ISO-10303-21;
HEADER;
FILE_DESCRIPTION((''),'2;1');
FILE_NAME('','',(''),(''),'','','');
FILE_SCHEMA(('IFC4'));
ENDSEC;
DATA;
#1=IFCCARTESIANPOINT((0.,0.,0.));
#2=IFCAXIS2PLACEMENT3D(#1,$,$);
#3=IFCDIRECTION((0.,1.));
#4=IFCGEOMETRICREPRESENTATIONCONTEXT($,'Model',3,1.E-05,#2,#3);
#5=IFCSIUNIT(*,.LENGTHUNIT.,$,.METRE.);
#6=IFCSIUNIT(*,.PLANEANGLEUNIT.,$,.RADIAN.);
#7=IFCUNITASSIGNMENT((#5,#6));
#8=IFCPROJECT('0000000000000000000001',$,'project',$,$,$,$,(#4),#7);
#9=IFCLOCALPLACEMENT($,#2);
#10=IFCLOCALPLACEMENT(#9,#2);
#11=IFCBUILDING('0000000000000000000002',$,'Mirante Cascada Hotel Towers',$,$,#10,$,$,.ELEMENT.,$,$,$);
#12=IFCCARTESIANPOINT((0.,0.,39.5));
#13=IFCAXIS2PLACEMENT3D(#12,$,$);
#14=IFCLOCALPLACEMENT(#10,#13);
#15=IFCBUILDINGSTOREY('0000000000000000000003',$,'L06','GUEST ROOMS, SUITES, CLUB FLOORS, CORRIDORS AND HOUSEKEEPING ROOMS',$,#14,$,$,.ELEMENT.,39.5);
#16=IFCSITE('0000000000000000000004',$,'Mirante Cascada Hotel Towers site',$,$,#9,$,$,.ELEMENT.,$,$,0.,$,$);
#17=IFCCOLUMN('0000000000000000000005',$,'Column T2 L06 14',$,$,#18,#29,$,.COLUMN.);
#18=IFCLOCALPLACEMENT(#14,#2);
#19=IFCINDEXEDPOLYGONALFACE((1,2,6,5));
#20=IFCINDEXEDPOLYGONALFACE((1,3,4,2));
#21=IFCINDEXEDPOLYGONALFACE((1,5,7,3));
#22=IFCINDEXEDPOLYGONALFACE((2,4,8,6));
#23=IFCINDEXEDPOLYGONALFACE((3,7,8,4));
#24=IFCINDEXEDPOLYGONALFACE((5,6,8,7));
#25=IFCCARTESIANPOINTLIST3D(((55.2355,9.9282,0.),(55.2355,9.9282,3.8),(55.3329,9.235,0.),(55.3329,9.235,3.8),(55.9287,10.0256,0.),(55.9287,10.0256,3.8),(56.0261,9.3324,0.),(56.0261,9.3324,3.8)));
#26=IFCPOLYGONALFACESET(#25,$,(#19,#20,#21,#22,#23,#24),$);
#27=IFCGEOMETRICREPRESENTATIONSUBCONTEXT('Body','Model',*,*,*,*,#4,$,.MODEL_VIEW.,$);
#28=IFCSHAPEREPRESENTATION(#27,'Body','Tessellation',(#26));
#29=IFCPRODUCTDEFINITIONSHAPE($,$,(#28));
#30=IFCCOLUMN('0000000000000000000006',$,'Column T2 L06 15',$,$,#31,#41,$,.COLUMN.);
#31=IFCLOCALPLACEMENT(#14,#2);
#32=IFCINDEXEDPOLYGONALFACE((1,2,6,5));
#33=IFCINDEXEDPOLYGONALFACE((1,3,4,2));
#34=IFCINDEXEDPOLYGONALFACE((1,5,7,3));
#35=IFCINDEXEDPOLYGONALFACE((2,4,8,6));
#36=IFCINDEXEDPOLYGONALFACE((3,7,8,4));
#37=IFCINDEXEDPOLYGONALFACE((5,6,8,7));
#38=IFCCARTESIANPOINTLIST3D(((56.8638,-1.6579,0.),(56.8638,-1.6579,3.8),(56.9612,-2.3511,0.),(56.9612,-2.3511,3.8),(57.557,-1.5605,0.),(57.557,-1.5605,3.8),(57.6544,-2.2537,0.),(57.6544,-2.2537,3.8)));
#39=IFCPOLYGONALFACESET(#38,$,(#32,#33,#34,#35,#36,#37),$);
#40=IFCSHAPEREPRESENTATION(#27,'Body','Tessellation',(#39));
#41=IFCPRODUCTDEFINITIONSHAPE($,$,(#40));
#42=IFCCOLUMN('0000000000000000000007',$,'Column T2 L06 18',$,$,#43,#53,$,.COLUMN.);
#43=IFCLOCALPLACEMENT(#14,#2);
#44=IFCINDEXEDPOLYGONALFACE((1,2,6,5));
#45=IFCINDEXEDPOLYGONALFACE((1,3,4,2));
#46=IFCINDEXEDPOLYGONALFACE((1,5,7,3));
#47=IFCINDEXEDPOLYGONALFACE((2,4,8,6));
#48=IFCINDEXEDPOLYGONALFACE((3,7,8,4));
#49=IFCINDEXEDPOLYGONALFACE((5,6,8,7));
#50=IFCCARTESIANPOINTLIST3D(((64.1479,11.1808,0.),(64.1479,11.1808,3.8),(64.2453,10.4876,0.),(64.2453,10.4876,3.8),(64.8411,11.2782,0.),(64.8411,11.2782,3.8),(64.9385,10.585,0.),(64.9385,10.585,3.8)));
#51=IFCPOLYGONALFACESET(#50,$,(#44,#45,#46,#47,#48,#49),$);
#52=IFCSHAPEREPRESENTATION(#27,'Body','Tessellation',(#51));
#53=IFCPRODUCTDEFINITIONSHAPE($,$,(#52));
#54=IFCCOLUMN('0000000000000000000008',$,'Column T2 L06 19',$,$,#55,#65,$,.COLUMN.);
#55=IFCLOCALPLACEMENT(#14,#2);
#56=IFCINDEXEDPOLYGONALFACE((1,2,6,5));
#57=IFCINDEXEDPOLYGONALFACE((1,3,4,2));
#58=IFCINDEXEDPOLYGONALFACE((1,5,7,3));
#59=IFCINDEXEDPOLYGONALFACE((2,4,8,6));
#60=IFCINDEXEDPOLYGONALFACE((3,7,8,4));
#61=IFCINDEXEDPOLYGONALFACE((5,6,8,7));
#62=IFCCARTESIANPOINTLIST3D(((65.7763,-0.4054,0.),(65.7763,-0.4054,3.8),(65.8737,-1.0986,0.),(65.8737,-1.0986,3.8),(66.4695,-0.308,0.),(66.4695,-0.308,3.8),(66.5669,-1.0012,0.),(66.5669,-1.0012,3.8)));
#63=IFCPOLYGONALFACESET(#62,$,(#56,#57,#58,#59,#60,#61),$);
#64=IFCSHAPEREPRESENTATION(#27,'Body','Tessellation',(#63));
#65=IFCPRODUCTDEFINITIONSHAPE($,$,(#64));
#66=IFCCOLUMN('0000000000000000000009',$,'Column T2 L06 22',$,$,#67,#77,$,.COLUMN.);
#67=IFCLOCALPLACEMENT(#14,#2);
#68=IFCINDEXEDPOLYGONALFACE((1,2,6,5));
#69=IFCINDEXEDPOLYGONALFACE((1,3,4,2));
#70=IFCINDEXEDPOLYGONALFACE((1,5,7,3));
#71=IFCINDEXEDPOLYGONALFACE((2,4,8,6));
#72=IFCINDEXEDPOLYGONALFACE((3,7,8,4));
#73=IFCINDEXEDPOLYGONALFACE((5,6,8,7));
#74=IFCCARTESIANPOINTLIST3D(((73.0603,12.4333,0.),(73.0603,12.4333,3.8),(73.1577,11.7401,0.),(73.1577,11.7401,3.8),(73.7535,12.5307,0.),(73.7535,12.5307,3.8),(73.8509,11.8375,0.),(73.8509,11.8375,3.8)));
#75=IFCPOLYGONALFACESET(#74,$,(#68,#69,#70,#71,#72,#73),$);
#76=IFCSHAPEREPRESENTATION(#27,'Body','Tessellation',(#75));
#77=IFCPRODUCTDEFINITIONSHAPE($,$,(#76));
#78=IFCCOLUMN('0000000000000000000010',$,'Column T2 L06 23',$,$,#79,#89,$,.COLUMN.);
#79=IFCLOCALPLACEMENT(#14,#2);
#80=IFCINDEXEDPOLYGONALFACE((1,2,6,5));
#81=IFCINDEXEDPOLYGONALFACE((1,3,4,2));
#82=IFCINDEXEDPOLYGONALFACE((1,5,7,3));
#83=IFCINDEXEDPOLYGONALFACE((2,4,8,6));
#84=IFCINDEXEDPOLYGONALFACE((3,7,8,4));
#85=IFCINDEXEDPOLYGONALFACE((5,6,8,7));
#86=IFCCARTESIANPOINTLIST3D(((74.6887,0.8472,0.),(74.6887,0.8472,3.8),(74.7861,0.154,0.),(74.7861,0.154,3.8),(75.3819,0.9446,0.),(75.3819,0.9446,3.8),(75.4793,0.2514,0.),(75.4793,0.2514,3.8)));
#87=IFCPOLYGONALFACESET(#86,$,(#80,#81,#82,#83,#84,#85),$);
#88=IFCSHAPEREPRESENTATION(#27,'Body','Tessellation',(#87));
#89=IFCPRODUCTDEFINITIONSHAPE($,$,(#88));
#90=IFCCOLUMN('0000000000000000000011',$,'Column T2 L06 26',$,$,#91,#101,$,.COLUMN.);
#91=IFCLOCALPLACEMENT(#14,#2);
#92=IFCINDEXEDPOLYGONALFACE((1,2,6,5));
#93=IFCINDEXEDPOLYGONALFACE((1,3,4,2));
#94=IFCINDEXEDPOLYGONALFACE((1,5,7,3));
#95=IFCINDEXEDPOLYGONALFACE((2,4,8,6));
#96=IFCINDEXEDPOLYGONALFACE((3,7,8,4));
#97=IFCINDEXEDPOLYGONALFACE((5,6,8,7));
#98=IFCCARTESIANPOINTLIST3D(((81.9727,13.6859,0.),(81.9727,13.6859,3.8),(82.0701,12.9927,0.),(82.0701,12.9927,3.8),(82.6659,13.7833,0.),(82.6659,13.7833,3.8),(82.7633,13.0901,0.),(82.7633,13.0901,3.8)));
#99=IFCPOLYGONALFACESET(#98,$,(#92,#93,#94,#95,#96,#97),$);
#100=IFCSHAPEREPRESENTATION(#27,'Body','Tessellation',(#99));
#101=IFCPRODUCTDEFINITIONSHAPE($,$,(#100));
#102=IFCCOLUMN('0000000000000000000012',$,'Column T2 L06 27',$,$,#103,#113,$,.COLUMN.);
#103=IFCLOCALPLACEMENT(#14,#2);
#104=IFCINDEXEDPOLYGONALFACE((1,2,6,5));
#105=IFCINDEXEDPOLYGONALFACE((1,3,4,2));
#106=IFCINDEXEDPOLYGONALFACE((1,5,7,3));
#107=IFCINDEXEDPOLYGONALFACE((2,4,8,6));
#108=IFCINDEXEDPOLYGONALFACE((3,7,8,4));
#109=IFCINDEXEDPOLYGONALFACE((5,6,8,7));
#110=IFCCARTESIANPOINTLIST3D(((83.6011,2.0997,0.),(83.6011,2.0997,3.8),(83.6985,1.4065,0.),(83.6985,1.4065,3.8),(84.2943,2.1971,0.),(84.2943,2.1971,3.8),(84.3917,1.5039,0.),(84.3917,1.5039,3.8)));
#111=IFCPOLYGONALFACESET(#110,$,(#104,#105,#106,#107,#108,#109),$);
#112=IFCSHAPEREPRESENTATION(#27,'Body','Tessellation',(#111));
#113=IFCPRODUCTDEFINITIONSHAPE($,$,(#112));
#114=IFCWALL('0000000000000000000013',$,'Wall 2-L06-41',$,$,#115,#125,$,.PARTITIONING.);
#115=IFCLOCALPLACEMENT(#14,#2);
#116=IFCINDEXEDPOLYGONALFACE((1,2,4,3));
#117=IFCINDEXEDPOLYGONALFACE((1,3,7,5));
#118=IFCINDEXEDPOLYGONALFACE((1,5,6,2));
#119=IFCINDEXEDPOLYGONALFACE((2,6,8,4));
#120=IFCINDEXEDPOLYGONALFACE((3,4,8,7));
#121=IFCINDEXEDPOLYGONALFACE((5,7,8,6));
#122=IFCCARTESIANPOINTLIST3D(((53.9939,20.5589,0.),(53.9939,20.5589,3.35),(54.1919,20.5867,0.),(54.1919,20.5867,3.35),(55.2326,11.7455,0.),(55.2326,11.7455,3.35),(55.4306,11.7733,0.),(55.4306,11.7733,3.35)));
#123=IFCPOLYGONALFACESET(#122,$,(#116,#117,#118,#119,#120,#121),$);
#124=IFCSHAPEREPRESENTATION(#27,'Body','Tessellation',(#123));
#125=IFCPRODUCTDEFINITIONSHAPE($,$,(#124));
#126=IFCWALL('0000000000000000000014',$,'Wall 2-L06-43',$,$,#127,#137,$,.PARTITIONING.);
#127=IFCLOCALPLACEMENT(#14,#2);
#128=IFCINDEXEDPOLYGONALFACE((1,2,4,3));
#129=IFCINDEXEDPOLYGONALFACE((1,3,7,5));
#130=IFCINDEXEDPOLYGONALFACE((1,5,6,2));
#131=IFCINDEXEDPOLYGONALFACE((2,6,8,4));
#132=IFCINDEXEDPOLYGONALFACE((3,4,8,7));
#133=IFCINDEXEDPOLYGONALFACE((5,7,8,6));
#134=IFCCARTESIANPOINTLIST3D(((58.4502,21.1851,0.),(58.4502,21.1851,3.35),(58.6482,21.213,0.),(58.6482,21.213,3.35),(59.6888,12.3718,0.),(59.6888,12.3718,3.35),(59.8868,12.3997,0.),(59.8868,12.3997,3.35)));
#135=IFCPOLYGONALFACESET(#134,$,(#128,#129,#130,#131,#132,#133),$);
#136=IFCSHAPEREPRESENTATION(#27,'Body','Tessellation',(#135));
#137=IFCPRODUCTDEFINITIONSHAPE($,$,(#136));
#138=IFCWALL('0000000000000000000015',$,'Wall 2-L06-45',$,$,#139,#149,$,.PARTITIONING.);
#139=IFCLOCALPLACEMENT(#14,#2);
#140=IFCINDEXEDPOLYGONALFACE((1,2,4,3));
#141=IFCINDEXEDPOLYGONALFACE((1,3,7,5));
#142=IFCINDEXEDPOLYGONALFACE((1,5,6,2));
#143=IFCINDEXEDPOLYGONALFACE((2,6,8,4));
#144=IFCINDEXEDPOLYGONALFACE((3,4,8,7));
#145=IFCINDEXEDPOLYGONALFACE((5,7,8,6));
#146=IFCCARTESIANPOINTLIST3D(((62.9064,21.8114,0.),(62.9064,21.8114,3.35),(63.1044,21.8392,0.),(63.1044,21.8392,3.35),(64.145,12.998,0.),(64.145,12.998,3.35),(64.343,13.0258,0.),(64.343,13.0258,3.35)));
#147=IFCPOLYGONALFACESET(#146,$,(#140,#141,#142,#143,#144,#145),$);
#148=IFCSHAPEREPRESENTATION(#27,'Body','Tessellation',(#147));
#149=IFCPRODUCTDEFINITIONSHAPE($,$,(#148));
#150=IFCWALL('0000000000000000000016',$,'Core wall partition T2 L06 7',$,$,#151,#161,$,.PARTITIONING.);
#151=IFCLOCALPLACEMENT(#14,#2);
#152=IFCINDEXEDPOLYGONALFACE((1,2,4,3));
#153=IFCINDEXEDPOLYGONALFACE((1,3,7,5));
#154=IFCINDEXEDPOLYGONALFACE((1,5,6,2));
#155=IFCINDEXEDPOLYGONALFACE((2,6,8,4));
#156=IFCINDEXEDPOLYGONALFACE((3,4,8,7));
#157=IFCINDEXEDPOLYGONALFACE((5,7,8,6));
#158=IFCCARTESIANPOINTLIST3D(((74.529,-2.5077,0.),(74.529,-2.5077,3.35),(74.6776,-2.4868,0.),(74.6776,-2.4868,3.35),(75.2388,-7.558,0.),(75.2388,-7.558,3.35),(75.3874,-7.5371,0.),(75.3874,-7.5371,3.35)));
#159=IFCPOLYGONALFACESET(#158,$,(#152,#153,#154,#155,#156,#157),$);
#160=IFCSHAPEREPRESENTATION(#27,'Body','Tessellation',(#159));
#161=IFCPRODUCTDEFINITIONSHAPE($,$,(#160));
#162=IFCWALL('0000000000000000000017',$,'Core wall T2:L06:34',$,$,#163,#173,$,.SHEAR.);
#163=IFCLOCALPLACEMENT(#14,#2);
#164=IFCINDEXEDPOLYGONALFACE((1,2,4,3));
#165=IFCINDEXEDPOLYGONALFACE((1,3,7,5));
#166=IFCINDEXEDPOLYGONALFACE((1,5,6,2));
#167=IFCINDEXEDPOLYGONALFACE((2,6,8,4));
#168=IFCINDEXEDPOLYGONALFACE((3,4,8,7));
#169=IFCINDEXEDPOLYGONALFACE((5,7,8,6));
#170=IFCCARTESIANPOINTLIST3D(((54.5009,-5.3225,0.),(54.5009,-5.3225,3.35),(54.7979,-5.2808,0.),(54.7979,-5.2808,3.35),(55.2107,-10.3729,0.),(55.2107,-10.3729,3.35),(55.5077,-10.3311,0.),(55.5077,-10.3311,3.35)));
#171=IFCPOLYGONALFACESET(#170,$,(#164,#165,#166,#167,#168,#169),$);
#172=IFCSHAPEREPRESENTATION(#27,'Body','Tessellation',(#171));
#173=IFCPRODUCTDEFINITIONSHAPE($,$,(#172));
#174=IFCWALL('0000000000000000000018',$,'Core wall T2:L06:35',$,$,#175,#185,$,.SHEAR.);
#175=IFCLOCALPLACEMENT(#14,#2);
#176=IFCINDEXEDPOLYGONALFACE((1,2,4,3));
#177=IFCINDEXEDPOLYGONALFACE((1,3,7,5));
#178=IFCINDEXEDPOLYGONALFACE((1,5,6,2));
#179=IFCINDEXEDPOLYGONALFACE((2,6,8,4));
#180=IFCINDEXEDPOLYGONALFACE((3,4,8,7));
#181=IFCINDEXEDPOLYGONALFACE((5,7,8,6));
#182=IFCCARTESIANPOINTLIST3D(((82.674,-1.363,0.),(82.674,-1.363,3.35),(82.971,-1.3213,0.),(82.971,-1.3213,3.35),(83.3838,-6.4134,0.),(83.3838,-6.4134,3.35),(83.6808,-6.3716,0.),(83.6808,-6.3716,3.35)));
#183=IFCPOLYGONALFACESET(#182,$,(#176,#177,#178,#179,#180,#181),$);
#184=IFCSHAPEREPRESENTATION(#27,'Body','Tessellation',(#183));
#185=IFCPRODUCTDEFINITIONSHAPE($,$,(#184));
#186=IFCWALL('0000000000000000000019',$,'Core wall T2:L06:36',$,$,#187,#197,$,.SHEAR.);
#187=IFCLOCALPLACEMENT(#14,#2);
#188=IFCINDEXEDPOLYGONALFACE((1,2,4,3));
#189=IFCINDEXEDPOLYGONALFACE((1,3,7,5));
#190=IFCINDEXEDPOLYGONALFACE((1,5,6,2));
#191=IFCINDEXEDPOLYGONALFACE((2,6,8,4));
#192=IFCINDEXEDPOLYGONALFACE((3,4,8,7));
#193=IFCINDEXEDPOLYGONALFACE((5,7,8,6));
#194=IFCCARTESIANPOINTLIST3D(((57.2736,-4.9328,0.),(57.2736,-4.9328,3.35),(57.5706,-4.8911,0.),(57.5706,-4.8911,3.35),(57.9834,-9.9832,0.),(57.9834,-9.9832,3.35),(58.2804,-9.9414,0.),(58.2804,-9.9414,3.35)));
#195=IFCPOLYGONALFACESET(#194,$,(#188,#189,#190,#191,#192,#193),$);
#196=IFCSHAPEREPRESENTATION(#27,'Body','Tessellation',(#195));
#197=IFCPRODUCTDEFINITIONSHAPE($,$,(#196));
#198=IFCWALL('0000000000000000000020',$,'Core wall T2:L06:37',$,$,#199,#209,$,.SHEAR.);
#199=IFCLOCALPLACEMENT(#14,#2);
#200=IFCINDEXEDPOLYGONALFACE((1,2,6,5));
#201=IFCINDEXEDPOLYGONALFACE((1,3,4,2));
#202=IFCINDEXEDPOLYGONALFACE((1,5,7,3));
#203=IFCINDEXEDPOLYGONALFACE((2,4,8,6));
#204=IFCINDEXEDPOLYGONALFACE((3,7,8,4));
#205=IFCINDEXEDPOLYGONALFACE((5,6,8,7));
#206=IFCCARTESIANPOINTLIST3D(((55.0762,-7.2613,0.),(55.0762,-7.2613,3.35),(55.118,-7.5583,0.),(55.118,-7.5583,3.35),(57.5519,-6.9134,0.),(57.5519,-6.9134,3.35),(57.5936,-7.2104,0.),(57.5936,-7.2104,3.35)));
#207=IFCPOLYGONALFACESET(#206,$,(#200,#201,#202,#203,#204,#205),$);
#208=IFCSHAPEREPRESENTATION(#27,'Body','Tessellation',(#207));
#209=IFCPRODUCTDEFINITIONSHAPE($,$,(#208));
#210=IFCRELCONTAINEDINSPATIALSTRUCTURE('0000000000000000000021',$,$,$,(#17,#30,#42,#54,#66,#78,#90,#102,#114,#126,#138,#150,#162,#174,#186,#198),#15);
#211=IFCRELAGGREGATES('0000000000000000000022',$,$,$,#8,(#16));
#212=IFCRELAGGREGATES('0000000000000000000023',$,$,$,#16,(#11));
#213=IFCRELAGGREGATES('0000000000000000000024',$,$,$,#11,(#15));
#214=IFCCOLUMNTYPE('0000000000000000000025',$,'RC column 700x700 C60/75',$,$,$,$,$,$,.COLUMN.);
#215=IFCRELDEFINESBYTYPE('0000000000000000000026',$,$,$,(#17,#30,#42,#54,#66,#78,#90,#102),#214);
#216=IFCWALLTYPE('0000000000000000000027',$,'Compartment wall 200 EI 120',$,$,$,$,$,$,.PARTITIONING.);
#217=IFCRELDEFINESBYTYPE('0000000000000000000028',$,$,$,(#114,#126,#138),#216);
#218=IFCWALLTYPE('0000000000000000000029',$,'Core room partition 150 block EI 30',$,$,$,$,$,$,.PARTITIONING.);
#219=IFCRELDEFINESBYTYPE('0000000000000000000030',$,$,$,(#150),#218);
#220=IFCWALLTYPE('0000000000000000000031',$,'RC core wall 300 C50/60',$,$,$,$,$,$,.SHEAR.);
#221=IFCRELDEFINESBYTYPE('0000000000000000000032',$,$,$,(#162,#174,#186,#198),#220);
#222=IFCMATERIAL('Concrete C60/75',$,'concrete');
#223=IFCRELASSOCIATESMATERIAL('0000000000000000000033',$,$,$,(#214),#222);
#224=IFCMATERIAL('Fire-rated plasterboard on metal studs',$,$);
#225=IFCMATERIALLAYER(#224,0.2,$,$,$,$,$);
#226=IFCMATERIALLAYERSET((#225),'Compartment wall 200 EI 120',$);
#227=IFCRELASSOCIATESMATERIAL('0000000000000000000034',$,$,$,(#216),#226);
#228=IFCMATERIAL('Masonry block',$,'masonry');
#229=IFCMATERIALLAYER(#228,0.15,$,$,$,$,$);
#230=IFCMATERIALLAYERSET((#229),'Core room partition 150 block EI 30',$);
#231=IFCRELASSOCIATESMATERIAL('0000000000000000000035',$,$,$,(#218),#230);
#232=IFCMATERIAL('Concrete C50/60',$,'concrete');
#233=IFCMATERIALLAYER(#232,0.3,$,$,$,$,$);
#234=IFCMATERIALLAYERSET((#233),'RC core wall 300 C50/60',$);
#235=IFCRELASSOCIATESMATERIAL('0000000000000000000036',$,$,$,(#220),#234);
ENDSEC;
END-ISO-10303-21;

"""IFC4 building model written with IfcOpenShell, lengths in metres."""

from ifc_helpers import new_model, si_unit, direction, frame, frame_2d, origin, origin_2d, place, context, subcontext, project, spatial, rectangle, extrude, material, layer, layer_set, material_profile, profile_set, type_object, element, save


model = new_model("IFC4")

# Units and contexts
model_context = context("Model", 3, precision=1e-05, world=origin(), true_north=direction((0.0, 1.0)))
body_context = subcontext(model_context, "Body", "Model", "MODEL_VIEW")
ifc_project = project(units=[si_unit("LENGTHUNIT", "METRE"), si_unit("PLANEANGLEUNIT", "RADIAN")], contexts=[model_context])

# Site, building, storey
site_placement = place(None, origin())
site = spatial("IfcSite", under=ifc_project, at=site_placement, Name="Mirante Cascada Hotel Towers site", CompositionType="ELEMENT", RefElevation=0.0)
building_placement = place(site_placement, origin())
building = spatial("IfcBuilding", under=site, at=building_placement, Name="Mirante Cascada Hotel Towers", CompositionType="ELEMENT")
storey_placement = place(building_placement, frame((0.0, 0.0, 39.5)))
storey = spatial("IfcBuildingStorey", under=building, at=storey_placement, Name="L06", Description="GUEST ROOMS, SUITES, CLUB FLOORS, CORRIDORS AND HOUSEKEEPING ROOMS", CompositionType="ELEMENT", Elevation=39.5)

# Columns
ifc_material_1 = material(Name="Concrete C60/75", Category="concrete")
ifc_material_profile = material_profile(ifc_material_1, rectangle(XDim=0.7, YDim=0.7, at=origin_2d()), Name="RC column 700x700 C60/75")
ifc_profile_set = profile_set([ifc_material_profile], Name="Concrete C60/75")
column_type = type_object("IfcColumnType", Name="RC column 700x700 C60/75", PredefinedType="COLUMN", material=ifc_profile_set)
for number, where, z_axis, x_axis, name in (
    (1, (55.6308, 9.6303, 0.0), (0.0, 0.0, 1.0), (0.990268, 0.139173, 0.0), "Column T2 L06 14"),
    (2, (57.2591, -1.9558, 0.0), (0.0, 0.0, 1.0), (0.990268, 0.139173, 0.0), "Column T2 L06 15"),
    (3, (64.5432, 10.8829, 0.0), (0.0, 0.0, 1.0), (0.990268, 0.139173, 0.0), "Column T2 L06 18"),
    (4, (66.1716, -0.7033, 0.0), (0.0, 0.0, 1.0), (0.990268, 0.139173, 0.0), "Column T2 L06 19"),
    (5, (73.4556, 12.1354, 0.0), (0.0, 0.0, 1.0), (0.990268, 0.139173, 0.0), "Column T2 L06 22"),
    (6, (75.084, 0.5493, 0.0), (0.0, 0.0, 1.0), (0.990268, 0.139173, 0.0), "Column T2 L06 23"),
    (7, (82.368, 13.388, 0.0), (0.0, 0.0, 1.0), (0.990268, 0.139173, 0.0), "Column T2 L06 26"),
    (8, (83.9964, 1.8018, 0.0), (0.0, 0.0, 1.0), (0.990268, 0.139173, 0.0), "Column T2 L06 27"),
):
    element("IfcColumn", number, at=place(storey_placement, frame(where, z_axis=z_axis, x_axis=x_axis)), inside=storey, type_object=column_type, Name=name, PredefinedType="COLUMN", context=body_context, shape_type="SweptSolid", body=[
        extrude(rectangle(XDim=0.7, YDim=0.7, at=origin_2d()), origin(), (0.0, 0.0, 1.0), 3.8),
    ])

# Walls
ifc_material_2 = material(Name="Fire-rated plasterboard on metal studs")
ifc_layer_1 = layer(ifc_material_2, 0.2)
ifc_layer_set_1 = layer_set([ifc_layer_1], Name="Compartment wall 200 EI 120")
wall_type_1 = type_object("IfcWallType", Name="Compartment wall 200 EI 120", PredefinedType="PARTITIONING", material=ifc_layer_set_1)
wall_1_placement = place(storey_placement, frame((55.3316, 11.7594, 0.0), z_axis=(0.0, 0.0, 1.0), x_axis=(-0.139179, 0.990267, 0.0)))
element("IfcWall", 9, at=wall_1_placement, inside=storey, type_object=wall_type_1, Name="Wall 2-L06-41", PredefinedType="PARTITIONING", context=body_context, shape_type="SweptSolid", body=[
    extrude(rectangle(XDim=8.9, YDim=0.2, at=frame_2d((4.45, 0.0))), origin(), (0.0, 0.0, 1.0), 3.35),
])
wall_2_placement = place(storey_placement, frame((59.7878, 12.3857, 0.0), z_axis=(0.0, 0.0, 1.0), x_axis=(-0.13917, 0.990268, 0.0)))
element("IfcWall", 10, at=wall_2_placement, inside=storey, type_object=wall_type_1, Name="Wall 2-L06-43", PredefinedType="PARTITIONING", context=body_context, shape_type="SweptSolid", body=[
    extrude(rectangle(XDim=8.8999, YDim=0.2, at=frame_2d((4.45, 0.0))), origin(), (0.0, 0.0, 1.0), 3.35),
])
wall_3_placement = place(storey_placement, frame((64.244, 13.0119, 0.0), z_axis=(0.0, 0.0, 1.0), x_axis=(-0.139168, 0.990269, 0.0)))
element("IfcWall", 11, at=wall_3_placement, inside=storey, type_object=wall_type_1, Name="Wall 2-L06-45", PredefinedType="PARTITIONING", context=body_context, shape_type="SweptSolid", body=[
    extrude(rectangle(XDim=8.9, YDim=0.2, at=frame_2d((4.45, 0.0))), origin(), (0.0, 0.0, 1.0), 3.35),
])
ifc_material_3 = material(Name="Masonry block", Category="masonry")
ifc_layer_2 = layer(ifc_material_3, 0.15)
ifc_layer_set_2 = layer_set([ifc_layer_2], Name="Core room partition 150 block EI 30")
wall_type_2 = type_object("IfcWallType", Name="Core room partition 150 block EI 30", PredefinedType="PARTITIONING", material=ifc_layer_set_2)
wall_4_placement = place(storey_placement, frame((75.3131, -7.5476, 0.0), z_axis=(0.0, 0.0, 1.0), x_axis=(-0.139178, 0.990267, 0.0)))
element("IfcWall", 12, at=wall_4_placement, inside=storey, type_object=wall_type_2, Name="Core wall partition T2 L06 7", PredefinedType="PARTITIONING", context=body_context, shape_type="SweptSolid", body=[
    extrude(rectangle(XDim=5.0999, YDim=0.15, at=frame_2d((2.55, 0.0))), origin(), (0.0, 0.0, 1.0), 3.35),
])
ifc_material_4 = material(Name="Concrete C50/60", Category="concrete")
ifc_layer_3 = layer(ifc_material_4, 0.3)
ifc_layer_set_3 = layer_set([ifc_layer_3], Name="RC core wall 300 C50/60")
wall_type_3 = type_object("IfcWallType", Name="RC core wall 300 C50/60", PredefinedType="SHEAR", material=ifc_layer_set_3)
for number, where, z_axis, x_axis, name in (
    (13, (55.3592, -10.352, 0.0), (0.0, 0.0, 1.0), (-0.139176, 0.990268, 0.0), "Core wall T2:L06:34"),
    (14, (83.5323, -6.3925, 0.0), (0.0, 0.0, 1.0), (-0.139176, 0.990268, 0.0), "Core wall T2:L06:35"),
    (15, (58.1319, -9.9623, 0.0), (0.0, 0.0, 1.0), (-0.139176, 0.990268, 0.0), "Core wall T2:L06:36"),
):
    element("IfcWall", number, at=place(storey_placement, frame(where, z_axis=z_axis, x_axis=x_axis)), inside=storey, type_object=wall_type_3, Name=name, PredefinedType="SHEAR", context=body_context, shape_type="SweptSolid", body=[
        extrude(rectangle(XDim=5.1, YDim=0.3, at=frame_2d((2.55, 0.0))), origin(), (0.0, 0.0, 1.0), 3.35),
    ])
wall_5_placement = place(storey_placement, frame((55.0971, -7.4098, 0.0), z_axis=(0.0, 0.0, 1.0), x_axis=(0.99027, 0.139159, 0.0)))
element("IfcWall", 16, at=wall_5_placement, inside=storey, type_object=wall_type_3, Name="Core wall T2:L06:37", PredefinedType="SHEAR", context=body_context, shape_type="SweptSolid", body=[
    extrude(rectangle(XDim=2.5, YDim=0.3, at=frame_2d((1.25, 0.0))), origin(), (0.0, 0.0, 1.0), 3.35),
])

save(model, "model.ifc")
